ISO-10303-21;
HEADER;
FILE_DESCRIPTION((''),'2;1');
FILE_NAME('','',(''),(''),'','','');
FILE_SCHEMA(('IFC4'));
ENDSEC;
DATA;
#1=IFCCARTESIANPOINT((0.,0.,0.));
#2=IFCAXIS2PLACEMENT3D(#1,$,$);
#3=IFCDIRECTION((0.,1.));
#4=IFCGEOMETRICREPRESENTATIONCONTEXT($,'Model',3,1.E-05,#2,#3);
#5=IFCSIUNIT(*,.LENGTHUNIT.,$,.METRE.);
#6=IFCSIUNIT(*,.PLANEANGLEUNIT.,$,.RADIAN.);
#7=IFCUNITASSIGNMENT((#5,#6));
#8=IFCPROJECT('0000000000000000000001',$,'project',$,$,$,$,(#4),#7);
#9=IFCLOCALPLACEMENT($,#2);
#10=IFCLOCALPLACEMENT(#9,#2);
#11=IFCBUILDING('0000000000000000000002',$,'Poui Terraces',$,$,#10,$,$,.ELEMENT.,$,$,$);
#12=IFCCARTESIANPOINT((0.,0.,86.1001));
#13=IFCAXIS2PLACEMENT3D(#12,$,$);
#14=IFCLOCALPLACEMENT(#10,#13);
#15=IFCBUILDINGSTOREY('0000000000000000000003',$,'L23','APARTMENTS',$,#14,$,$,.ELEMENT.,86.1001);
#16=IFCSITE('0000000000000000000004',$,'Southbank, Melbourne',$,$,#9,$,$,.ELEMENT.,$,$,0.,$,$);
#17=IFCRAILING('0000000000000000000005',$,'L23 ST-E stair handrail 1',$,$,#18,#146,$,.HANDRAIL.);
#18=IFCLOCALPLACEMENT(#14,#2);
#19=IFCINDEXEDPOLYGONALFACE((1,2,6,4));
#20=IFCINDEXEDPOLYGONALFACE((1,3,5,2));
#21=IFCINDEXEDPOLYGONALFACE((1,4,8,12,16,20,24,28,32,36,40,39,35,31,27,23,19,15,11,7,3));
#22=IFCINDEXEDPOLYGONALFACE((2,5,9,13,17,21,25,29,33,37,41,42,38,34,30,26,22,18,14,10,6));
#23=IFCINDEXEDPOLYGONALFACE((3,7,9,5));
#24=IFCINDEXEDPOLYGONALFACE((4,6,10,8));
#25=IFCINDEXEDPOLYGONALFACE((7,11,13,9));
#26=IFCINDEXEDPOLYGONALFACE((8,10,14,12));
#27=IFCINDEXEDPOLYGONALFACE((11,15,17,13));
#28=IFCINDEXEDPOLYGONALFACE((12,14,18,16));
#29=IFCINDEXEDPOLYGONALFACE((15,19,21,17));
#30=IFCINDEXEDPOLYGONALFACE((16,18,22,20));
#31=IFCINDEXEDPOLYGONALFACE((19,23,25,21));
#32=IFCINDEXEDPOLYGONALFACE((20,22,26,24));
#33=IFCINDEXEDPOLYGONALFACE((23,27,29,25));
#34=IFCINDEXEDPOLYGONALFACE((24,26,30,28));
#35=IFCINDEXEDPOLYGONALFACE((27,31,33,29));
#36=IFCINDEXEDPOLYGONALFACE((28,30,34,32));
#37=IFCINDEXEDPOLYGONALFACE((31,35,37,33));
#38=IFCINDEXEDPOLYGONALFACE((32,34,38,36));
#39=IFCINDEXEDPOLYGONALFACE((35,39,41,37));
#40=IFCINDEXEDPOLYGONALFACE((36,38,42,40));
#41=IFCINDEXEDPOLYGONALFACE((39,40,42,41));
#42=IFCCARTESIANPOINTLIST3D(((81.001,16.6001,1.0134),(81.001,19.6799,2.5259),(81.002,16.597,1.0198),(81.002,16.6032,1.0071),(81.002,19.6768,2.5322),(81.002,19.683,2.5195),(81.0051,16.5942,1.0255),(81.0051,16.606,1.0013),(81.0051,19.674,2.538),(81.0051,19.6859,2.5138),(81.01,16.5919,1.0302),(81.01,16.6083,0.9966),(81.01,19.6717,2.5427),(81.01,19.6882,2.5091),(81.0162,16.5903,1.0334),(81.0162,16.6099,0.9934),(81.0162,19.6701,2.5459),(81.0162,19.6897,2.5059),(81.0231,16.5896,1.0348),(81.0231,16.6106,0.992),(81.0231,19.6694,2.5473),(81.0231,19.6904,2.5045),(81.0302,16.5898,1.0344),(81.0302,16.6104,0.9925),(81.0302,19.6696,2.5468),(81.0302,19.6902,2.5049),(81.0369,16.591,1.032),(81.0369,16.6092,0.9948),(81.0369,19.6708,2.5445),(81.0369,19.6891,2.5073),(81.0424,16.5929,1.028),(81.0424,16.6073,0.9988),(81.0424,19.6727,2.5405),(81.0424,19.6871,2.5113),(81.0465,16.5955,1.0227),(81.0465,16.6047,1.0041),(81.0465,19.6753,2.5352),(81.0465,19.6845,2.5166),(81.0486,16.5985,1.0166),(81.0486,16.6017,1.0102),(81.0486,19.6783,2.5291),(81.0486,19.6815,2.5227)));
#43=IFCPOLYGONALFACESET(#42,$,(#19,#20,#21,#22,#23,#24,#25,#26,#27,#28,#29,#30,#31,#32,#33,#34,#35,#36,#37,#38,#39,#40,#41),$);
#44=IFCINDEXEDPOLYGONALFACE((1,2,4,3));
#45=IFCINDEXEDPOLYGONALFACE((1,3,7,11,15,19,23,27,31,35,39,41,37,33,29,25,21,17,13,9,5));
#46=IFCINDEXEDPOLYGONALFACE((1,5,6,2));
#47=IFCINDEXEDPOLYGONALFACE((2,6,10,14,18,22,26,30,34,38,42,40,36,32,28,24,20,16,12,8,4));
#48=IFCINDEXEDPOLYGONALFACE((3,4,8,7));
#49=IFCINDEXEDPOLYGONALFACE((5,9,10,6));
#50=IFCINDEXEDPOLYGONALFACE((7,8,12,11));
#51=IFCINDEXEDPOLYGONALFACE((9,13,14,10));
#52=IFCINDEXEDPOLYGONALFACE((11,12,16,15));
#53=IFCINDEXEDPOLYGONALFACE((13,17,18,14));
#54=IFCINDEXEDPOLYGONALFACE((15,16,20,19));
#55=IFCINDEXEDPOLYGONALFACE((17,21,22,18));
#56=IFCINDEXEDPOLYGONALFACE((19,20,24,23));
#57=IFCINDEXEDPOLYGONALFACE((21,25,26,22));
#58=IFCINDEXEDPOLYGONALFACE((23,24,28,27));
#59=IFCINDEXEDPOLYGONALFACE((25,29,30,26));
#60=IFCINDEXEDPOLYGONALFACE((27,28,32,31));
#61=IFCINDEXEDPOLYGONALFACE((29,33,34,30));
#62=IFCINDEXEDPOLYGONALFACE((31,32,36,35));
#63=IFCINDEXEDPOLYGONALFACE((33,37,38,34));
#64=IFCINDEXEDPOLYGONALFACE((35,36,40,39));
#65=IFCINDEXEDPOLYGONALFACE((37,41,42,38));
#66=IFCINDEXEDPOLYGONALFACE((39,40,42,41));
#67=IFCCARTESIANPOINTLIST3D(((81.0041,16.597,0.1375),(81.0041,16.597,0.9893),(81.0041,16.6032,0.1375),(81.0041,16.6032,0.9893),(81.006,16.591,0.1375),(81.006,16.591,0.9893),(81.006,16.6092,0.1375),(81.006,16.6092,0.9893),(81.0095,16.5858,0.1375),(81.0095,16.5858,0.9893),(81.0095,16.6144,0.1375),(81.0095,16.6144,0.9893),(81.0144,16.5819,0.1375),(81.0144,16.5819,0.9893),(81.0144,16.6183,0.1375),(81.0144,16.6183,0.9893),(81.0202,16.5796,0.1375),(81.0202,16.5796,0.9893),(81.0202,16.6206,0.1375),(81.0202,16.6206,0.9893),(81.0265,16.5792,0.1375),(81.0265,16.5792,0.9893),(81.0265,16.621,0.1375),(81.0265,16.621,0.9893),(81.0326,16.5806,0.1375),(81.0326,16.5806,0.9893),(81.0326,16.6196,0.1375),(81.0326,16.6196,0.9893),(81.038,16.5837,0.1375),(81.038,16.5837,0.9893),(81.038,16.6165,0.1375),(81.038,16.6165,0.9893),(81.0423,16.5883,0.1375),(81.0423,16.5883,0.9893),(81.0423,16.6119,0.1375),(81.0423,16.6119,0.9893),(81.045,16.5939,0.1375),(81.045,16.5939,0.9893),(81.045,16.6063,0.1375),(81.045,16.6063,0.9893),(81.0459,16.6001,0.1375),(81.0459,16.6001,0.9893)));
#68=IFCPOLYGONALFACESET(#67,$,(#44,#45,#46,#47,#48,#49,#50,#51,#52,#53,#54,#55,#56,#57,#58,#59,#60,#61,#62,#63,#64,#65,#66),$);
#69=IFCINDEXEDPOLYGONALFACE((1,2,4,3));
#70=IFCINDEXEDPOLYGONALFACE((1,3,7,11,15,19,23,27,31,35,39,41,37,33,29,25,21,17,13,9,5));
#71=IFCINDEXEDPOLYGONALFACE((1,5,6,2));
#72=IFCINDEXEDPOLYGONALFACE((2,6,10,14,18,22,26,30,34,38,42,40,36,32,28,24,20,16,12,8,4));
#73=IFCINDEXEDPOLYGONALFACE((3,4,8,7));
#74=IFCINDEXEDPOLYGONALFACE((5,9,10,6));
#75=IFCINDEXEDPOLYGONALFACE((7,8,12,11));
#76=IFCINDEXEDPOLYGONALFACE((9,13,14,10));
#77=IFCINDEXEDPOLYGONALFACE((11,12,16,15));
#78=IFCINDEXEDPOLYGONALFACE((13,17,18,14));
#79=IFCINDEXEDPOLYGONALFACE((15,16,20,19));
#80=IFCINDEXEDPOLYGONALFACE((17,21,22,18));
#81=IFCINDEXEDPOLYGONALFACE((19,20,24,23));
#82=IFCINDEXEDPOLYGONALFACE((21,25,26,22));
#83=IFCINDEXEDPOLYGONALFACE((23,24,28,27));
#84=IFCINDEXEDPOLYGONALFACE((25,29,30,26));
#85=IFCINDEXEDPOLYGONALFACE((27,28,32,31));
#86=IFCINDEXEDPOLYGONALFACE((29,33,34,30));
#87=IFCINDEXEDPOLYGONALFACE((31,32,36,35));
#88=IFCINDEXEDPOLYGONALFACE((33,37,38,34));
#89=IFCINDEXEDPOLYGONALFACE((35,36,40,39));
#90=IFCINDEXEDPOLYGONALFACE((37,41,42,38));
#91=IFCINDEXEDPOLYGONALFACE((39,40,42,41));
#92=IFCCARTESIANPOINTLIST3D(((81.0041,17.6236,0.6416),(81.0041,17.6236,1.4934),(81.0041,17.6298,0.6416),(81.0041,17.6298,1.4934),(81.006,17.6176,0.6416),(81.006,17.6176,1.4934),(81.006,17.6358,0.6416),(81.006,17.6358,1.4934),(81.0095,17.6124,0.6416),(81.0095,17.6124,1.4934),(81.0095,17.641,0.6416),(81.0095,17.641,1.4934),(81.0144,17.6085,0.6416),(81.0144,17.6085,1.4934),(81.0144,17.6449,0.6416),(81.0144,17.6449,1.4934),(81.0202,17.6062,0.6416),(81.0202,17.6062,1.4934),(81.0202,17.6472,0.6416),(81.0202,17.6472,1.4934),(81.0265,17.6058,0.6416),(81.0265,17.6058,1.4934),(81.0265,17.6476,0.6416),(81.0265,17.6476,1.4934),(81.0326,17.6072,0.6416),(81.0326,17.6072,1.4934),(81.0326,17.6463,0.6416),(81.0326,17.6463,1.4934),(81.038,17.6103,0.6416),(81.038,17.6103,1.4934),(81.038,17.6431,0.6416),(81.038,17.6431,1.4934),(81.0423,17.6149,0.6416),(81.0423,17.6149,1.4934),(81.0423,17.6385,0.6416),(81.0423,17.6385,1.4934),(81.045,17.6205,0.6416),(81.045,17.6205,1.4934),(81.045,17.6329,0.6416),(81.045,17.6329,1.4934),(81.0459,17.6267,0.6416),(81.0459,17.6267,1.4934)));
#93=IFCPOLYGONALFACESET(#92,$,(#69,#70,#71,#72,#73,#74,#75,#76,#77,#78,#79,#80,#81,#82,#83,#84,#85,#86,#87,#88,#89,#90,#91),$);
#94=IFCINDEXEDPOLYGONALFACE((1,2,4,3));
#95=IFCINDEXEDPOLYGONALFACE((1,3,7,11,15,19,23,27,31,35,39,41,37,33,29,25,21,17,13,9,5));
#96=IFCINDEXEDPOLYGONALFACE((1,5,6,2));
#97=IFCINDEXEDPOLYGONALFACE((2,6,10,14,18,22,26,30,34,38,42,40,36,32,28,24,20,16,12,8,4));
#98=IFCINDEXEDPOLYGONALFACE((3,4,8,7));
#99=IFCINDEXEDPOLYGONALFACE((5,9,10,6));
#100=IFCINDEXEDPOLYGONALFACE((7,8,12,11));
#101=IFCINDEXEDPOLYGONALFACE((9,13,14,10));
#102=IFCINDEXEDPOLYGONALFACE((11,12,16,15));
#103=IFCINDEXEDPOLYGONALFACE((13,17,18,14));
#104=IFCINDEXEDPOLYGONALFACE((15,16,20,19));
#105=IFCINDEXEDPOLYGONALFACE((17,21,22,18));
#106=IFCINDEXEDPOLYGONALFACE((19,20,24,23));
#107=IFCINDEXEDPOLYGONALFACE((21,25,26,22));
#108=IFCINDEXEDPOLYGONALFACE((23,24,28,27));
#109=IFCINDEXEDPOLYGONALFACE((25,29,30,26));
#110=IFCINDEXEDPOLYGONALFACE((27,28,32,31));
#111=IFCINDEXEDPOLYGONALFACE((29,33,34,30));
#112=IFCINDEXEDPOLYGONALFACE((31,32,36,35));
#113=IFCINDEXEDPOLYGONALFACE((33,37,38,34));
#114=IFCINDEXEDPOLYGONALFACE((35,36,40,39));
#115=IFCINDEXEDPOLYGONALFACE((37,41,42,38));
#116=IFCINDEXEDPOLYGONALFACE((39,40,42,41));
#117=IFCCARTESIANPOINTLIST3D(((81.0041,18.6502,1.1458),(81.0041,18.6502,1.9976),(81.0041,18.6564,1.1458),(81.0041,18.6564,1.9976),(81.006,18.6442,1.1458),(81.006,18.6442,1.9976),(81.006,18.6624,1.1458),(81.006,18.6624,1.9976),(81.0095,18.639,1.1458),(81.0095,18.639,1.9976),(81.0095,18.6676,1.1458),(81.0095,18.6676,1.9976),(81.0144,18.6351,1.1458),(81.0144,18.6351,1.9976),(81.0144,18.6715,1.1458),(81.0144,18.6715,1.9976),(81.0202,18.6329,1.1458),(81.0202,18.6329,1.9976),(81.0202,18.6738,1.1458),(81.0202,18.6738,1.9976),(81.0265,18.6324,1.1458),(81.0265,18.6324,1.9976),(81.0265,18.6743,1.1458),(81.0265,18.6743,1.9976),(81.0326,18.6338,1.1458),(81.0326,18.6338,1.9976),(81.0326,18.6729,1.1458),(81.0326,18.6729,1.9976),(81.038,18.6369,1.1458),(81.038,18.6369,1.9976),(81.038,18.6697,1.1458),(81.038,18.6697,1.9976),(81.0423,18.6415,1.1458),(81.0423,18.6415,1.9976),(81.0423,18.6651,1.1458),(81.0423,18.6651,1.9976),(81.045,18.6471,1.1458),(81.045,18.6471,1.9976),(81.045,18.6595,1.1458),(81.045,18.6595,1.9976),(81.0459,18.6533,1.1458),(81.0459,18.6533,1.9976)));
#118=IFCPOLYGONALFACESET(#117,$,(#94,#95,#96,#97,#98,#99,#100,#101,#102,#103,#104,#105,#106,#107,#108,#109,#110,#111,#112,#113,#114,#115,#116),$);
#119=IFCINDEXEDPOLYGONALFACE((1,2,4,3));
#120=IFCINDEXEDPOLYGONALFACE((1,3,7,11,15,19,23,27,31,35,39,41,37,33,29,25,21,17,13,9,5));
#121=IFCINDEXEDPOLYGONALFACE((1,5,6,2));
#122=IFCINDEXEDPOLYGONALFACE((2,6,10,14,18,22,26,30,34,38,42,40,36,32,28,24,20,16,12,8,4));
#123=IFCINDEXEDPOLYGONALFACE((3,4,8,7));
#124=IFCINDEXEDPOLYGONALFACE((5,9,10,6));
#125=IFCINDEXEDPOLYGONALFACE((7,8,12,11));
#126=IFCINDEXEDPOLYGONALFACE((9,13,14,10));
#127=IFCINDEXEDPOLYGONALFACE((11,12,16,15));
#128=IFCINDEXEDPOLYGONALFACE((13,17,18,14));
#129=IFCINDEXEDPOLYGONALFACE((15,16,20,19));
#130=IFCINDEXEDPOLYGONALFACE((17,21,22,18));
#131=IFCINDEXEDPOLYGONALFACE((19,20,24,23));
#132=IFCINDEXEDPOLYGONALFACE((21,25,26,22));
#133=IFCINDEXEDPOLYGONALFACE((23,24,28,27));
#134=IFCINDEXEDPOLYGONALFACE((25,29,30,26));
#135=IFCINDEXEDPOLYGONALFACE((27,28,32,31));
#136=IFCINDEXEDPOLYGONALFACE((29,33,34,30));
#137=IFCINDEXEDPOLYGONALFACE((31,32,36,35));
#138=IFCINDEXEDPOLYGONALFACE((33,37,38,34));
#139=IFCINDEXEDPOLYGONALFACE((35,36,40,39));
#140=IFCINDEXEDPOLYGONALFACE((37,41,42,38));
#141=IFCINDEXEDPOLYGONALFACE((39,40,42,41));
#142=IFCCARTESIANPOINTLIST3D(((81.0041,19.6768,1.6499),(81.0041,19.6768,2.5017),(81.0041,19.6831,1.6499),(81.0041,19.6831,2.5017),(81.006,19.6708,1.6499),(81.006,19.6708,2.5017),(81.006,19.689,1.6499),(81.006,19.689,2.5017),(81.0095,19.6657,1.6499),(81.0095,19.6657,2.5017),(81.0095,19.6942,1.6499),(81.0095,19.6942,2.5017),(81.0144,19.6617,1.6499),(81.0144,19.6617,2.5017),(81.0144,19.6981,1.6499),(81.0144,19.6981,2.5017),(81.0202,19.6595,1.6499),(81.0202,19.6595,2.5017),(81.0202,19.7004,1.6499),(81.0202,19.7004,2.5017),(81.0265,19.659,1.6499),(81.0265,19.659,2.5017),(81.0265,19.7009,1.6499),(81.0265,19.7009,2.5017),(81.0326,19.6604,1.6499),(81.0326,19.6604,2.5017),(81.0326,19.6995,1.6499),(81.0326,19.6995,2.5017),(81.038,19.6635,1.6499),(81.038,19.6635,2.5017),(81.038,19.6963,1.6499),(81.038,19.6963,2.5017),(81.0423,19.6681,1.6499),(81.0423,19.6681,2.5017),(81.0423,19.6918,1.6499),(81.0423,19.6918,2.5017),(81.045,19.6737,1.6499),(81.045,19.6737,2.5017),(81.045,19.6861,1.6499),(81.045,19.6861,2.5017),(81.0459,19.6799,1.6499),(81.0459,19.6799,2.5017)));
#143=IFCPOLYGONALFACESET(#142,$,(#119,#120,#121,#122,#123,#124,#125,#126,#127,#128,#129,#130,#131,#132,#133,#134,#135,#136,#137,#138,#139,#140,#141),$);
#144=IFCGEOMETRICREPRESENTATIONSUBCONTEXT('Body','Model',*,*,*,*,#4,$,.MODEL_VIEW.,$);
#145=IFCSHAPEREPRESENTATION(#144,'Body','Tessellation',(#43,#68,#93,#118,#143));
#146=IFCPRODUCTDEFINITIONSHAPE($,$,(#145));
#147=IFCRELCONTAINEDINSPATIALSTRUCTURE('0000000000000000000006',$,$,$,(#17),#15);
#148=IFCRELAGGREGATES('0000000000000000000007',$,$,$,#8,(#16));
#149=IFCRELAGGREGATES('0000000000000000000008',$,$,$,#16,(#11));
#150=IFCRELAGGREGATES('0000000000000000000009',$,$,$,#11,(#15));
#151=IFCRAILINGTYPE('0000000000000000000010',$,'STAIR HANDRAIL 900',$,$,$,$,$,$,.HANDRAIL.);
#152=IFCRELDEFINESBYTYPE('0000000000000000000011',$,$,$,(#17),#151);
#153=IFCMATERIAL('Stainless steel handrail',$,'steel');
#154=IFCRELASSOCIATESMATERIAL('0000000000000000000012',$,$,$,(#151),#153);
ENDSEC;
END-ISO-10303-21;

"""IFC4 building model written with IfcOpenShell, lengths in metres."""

from ifc_helpers import new_model, si_unit, direction, frame, origin, origin_2d, place, context, subcontext, project, spatial, circle, extrude, material, type_object, element, save


model = new_model("IFC4")

# Units and contexts
model_context = context("Model", 3, precision=1e-05, world=origin(), true_north=direction((0.0, 1.0)))
body_context = subcontext(model_context, "Body", "Model", "MODEL_VIEW")
ifc_project = project(units=[si_unit("LENGTHUNIT", "METRE"), si_unit("PLANEANGLEUNIT", "RADIAN")], contexts=[model_context])

# Site, building, storey
site_placement = place(None, origin())
site = spatial("IfcSite", under=ifc_project, at=site_placement, Name="Southbank, Melbourne", CompositionType="ELEMENT", RefElevation=0.0)
building_placement = place(site_placement, origin())
building = spatial("IfcBuilding", under=site, at=building_placement, Name="Poui Terraces", CompositionType="ELEMENT")
storey_placement = place(building_placement, frame((0.0, 0.0, 86.1001)))
storey = spatial("IfcBuildingStorey", under=building, at=storey_placement, Name="L23", Description="APARTMENTS", CompositionType="ELEMENT", Elevation=86.1001)

# Railing
ifc_material_1 = material(Name="Stainless steel handrail", Category="steel")
railing_type_1 = type_object("IfcRailingType", Name="STAIR HANDRAIL 900", PredefinedType="HANDRAIL", material=ifc_material_1)
railing_1_placement = place(storey_placement, frame((81.0249, 16.6001, 0.1375)))
element("IfcRailing", 1, at=railing_1_placement, inside=storey, type_object=railing_type_1, Name="L23 ST-E stair handrail 1", PredefinedType="HANDRAIL", context=body_context, shape_type="SweptSolid", body=[
    extrude(circle(Radius=0.0239, at=origin_2d()), frame((0.0, 0.0, 0.876), z_axis=(0.0, 0.897606, 0.440798), x_axis=(-1.0, 0.0, 0.0)), (0.0, 0.0, 1.0), 3.4312),
    extrude(circle(Radius=0.021, at=origin_2d()), origin(), (0.0, 0.0, 1.0), 0.8518),
    extrude(circle(Radius=0.021, at=origin_2d()), frame((0.0, 1.0266, 0.5042)), (0.0, 0.0, 1.0), 0.8518),
    extrude(circle(Radius=0.021, at=origin_2d()), frame((0.0, 2.0532, 1.0083)), (0.0, 0.0, 1.0), 0.8518),
    extrude(circle(Radius=0.021, at=origin_2d()), frame((0.0, 3.0798, 1.5125)), (0.0, 0.0, 1.0), 0.8518),
])

save(model, "model.ifc")
